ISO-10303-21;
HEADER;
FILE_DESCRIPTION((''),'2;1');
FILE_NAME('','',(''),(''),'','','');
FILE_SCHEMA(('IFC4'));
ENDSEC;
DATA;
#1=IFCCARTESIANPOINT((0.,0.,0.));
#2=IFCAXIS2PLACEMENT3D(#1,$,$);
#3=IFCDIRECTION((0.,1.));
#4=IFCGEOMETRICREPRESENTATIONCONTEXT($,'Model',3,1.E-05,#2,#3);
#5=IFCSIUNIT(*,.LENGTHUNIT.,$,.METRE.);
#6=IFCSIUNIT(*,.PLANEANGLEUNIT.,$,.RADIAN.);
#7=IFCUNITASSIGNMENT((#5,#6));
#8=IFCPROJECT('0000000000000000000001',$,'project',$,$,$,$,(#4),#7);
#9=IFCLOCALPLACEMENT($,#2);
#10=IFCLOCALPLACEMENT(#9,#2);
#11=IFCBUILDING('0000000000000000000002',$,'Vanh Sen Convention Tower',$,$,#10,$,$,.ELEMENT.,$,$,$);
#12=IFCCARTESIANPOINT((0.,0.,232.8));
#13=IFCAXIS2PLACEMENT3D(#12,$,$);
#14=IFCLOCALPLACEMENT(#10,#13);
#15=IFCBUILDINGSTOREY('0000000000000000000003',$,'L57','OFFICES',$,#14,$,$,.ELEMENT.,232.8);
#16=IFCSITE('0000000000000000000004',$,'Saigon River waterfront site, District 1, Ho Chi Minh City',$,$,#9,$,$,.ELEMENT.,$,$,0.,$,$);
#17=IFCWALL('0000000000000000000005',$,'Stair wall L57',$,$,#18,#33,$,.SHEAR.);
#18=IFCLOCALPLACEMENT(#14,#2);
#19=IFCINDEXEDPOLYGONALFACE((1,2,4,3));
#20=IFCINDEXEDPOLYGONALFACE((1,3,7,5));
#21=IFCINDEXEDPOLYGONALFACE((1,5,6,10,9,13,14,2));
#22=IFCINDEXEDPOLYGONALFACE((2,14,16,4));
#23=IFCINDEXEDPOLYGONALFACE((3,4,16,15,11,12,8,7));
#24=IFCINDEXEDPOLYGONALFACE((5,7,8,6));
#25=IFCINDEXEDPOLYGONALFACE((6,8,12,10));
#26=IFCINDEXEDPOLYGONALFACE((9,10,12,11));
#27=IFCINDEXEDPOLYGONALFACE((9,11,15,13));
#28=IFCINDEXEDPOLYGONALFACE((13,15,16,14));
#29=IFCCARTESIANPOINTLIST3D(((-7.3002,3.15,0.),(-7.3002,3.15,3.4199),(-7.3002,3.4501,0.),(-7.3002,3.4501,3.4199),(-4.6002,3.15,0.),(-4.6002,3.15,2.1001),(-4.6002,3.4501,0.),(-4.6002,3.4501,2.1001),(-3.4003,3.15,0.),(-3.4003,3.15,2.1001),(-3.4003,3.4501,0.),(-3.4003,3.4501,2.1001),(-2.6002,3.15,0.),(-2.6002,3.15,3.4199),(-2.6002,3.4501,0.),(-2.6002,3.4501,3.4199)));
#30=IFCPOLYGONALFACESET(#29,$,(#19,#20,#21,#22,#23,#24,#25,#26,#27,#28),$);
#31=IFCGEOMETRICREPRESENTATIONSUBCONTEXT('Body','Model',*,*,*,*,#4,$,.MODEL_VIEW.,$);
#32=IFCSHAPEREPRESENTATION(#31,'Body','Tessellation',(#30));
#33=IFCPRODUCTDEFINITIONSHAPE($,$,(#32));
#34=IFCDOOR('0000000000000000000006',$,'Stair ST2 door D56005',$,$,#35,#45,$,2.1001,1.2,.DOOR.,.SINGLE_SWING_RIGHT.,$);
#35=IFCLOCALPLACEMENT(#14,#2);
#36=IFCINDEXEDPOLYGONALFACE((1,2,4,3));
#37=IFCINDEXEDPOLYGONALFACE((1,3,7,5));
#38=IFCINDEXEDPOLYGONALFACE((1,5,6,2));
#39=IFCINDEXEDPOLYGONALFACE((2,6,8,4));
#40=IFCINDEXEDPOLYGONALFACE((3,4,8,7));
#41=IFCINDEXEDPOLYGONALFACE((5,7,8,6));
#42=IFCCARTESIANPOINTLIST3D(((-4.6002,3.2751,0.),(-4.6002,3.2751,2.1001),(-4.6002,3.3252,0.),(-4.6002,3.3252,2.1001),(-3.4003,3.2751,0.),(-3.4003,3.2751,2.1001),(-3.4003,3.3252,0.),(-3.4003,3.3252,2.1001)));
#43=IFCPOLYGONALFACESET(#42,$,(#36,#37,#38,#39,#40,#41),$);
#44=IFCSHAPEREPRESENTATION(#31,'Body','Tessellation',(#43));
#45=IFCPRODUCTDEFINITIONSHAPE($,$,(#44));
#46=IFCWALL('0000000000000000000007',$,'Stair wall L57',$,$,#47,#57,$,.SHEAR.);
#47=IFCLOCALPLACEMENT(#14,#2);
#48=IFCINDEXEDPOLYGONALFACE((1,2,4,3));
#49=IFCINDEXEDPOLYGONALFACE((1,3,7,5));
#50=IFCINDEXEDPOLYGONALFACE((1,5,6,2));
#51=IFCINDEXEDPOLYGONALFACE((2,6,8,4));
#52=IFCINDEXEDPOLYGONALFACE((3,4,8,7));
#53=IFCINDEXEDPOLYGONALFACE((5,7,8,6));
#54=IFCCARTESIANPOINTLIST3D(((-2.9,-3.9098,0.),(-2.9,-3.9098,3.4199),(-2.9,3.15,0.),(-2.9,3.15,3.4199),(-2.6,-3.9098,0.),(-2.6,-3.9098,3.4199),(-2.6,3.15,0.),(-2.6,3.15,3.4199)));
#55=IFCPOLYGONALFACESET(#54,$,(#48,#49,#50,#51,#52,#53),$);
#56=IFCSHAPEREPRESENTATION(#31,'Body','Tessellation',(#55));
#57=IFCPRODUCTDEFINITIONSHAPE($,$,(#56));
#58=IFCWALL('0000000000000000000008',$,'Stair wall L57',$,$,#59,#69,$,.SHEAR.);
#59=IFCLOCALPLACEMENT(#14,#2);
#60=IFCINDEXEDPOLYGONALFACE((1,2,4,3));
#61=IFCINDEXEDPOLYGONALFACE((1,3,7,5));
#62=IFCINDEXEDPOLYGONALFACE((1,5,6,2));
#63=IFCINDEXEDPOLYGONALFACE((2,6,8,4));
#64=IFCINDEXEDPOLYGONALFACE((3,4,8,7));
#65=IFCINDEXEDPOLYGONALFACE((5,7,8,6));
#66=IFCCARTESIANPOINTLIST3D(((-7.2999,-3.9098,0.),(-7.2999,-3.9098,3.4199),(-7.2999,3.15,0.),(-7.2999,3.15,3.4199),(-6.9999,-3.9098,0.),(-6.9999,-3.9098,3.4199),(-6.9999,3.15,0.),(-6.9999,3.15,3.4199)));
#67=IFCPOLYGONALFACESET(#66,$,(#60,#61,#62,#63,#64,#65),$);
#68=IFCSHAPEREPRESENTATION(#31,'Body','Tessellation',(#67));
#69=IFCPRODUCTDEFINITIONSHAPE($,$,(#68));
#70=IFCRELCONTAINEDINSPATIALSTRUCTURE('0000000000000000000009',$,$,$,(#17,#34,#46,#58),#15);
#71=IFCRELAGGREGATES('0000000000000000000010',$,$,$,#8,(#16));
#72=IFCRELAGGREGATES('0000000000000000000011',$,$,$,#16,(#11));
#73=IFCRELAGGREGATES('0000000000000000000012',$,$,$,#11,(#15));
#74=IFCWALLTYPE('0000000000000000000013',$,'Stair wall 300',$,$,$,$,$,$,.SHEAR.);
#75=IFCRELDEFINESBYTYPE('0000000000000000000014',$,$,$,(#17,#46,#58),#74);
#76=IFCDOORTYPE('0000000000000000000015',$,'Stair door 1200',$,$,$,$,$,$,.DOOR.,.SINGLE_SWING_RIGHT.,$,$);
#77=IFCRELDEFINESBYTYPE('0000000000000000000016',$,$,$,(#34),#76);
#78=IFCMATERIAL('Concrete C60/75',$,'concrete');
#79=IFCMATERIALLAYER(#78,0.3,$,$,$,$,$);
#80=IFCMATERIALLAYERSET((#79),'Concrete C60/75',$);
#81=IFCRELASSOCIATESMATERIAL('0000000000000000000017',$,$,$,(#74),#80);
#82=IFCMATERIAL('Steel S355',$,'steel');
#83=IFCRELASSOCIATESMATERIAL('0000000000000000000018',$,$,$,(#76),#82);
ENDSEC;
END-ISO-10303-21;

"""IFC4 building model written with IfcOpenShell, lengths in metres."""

from ifc_helpers import new_model, si_unit, direction, frame, frame_2d, origin, place, context, subcontext, project, spatial, rectangle, extrude, material, layer, layer_set, type_object, element, fill, save


model = new_model("IFC4")

# Units and contexts
model_context = context("Model", 3, precision=1e-05, world=origin(), true_north=direction((0.0, 1.0)))
body_context = subcontext(model_context, "Body", "Model", "MODEL_VIEW")
ifc_project = project(units=[si_unit("LENGTHUNIT", "METRE"), si_unit("PLANEANGLEUNIT", "RADIAN")], contexts=[model_context])

# Site, building, storey
site_placement = place(None, origin())
site = spatial("IfcSite", under=ifc_project, at=site_placement, Name="Saigon River waterfront site, District 1, Ho Chi Minh City", CompositionType="ELEMENT", RefElevation=0.0)
building_placement = place(site_placement, origin())
building = spatial("IfcBuilding", under=site, at=building_placement, Name="Vanh Sen Convention Tower", CompositionType="ELEMENT")
storey_placement = place(building_placement, frame((0.0, 0.0, 232.8)))
storey = spatial("IfcBuildingStorey", under=building, at=storey_placement, Name="L57", Description="OFFICES", CompositionType="ELEMENT", Elevation=232.8)

# Shared definitions
ifc_material_1 = material(Name="Concrete C60/75", Category="concrete")

# Shared definitions
ifc_material_2 = material(Name="Steel S355", Category="steel")

# Shared definitions
ifc_layer_1 = layer(ifc_material_1, 0.3)
ifc_layer_set_1 = layer_set([ifc_layer_1], Name="Concrete C60/75")
wall_type_1 = type_object("IfcWallType", Name="Stair wall 300", PredefinedType="SHEAR", material=ifc_layer_set_1)

# Wall, opening, door
wall_1_placement = place(storey_placement, frame((-2.6001, 3.3, 0.0), z_axis=(0.0, 0.0, 1.0), x_axis=(-1.0, 0.0, 0.0)))
wall_1 = element("IfcWall", 1, at=wall_1_placement, inside=storey, type_object=wall_type_1, Name="Stair wall L57", PredefinedType="SHEAR", context=body_context, shape_type="SweptSolid", body=[
    extrude(rectangle(XDim=4.7, YDim=0.3, at=frame_2d((2.3501, 0.0))), origin(), (0.0, 0.0, 1.0), 3.4199),
])
opening_1_placement = place(wall_1_placement, frame((0.8, 0.0, 0.0)))
opening_1 = element("IfcOpeningElement", 2, at=opening_1_placement, cuts=wall_1, PredefinedType="OPENING", context=body_context, shape_type="SweptSolid", body=[
    extrude(rectangle(XDim=1.2, YDim=2.1001, at=frame_2d((0.6001, 1.05))), frame((0.0, 0.1599, 0.0), z_axis=(0.0, -1.0, 0.0), x_axis=(1.0, 0.0, 0.0)), (0.0, 0.0, 1.0), 0.3201),
])
door_type_1 = type_object("IfcDoorType", Name="Stair door 1200", OperationType="SINGLE_SWING_RIGHT", PredefinedType="DOOR", material=ifc_material_2)
door_1_placement = place(opening_1_placement, origin())
door_1 = element("IfcDoor", 3, at=door_1_placement, inside=storey, type_object=door_type_1, Name="Stair ST2 door D56005", OperationType="SINGLE_SWING_RIGHT", OverallHeight=2.1001, OverallWidth=1.2, PredefinedType="DOOR", context=body_context, shape_type="SweptSolid", body=[
    extrude(rectangle(XDim=1.2, YDim=2.1001, at=frame_2d((0.6001, 1.05))), frame((0.0, 0.0249, 0.0), z_axis=(0.0, -1.0, 0.0), x_axis=(1.0, 0.0, 0.0)), (0.0, 0.0, 1.0), 0.05),
])
fill(opening_1, door_1)

# Walls
for number, where, z_axis, x_axis, name in (
    (4, (-2.75, 3.1499, 0.0), (0.0, 0.0, 1.0), (0.0, -1.0, 0.0), "Stair wall L57"),
    (5, (-7.1499, 3.1499, 0.0), (0.0, 0.0, 1.0), (0.0, -1.0, 0.0), "Stair wall L57"),
):
    element("IfcWall", number, at=place(storey_placement, frame(where, z_axis=z_axis, x_axis=x_axis)), inside=storey, type_object=wall_type_1, Name=name, PredefinedType="SHEAR", context=body_context, shape_type="SweptSolid", body=[
        extrude(rectangle(XDim=7.0598, YDim=0.3, at=frame_2d((3.5298, 0.0))), origin(), (0.0, 0.0, 1.0), 3.4199),
    ])

save(model, "model.ifc")
